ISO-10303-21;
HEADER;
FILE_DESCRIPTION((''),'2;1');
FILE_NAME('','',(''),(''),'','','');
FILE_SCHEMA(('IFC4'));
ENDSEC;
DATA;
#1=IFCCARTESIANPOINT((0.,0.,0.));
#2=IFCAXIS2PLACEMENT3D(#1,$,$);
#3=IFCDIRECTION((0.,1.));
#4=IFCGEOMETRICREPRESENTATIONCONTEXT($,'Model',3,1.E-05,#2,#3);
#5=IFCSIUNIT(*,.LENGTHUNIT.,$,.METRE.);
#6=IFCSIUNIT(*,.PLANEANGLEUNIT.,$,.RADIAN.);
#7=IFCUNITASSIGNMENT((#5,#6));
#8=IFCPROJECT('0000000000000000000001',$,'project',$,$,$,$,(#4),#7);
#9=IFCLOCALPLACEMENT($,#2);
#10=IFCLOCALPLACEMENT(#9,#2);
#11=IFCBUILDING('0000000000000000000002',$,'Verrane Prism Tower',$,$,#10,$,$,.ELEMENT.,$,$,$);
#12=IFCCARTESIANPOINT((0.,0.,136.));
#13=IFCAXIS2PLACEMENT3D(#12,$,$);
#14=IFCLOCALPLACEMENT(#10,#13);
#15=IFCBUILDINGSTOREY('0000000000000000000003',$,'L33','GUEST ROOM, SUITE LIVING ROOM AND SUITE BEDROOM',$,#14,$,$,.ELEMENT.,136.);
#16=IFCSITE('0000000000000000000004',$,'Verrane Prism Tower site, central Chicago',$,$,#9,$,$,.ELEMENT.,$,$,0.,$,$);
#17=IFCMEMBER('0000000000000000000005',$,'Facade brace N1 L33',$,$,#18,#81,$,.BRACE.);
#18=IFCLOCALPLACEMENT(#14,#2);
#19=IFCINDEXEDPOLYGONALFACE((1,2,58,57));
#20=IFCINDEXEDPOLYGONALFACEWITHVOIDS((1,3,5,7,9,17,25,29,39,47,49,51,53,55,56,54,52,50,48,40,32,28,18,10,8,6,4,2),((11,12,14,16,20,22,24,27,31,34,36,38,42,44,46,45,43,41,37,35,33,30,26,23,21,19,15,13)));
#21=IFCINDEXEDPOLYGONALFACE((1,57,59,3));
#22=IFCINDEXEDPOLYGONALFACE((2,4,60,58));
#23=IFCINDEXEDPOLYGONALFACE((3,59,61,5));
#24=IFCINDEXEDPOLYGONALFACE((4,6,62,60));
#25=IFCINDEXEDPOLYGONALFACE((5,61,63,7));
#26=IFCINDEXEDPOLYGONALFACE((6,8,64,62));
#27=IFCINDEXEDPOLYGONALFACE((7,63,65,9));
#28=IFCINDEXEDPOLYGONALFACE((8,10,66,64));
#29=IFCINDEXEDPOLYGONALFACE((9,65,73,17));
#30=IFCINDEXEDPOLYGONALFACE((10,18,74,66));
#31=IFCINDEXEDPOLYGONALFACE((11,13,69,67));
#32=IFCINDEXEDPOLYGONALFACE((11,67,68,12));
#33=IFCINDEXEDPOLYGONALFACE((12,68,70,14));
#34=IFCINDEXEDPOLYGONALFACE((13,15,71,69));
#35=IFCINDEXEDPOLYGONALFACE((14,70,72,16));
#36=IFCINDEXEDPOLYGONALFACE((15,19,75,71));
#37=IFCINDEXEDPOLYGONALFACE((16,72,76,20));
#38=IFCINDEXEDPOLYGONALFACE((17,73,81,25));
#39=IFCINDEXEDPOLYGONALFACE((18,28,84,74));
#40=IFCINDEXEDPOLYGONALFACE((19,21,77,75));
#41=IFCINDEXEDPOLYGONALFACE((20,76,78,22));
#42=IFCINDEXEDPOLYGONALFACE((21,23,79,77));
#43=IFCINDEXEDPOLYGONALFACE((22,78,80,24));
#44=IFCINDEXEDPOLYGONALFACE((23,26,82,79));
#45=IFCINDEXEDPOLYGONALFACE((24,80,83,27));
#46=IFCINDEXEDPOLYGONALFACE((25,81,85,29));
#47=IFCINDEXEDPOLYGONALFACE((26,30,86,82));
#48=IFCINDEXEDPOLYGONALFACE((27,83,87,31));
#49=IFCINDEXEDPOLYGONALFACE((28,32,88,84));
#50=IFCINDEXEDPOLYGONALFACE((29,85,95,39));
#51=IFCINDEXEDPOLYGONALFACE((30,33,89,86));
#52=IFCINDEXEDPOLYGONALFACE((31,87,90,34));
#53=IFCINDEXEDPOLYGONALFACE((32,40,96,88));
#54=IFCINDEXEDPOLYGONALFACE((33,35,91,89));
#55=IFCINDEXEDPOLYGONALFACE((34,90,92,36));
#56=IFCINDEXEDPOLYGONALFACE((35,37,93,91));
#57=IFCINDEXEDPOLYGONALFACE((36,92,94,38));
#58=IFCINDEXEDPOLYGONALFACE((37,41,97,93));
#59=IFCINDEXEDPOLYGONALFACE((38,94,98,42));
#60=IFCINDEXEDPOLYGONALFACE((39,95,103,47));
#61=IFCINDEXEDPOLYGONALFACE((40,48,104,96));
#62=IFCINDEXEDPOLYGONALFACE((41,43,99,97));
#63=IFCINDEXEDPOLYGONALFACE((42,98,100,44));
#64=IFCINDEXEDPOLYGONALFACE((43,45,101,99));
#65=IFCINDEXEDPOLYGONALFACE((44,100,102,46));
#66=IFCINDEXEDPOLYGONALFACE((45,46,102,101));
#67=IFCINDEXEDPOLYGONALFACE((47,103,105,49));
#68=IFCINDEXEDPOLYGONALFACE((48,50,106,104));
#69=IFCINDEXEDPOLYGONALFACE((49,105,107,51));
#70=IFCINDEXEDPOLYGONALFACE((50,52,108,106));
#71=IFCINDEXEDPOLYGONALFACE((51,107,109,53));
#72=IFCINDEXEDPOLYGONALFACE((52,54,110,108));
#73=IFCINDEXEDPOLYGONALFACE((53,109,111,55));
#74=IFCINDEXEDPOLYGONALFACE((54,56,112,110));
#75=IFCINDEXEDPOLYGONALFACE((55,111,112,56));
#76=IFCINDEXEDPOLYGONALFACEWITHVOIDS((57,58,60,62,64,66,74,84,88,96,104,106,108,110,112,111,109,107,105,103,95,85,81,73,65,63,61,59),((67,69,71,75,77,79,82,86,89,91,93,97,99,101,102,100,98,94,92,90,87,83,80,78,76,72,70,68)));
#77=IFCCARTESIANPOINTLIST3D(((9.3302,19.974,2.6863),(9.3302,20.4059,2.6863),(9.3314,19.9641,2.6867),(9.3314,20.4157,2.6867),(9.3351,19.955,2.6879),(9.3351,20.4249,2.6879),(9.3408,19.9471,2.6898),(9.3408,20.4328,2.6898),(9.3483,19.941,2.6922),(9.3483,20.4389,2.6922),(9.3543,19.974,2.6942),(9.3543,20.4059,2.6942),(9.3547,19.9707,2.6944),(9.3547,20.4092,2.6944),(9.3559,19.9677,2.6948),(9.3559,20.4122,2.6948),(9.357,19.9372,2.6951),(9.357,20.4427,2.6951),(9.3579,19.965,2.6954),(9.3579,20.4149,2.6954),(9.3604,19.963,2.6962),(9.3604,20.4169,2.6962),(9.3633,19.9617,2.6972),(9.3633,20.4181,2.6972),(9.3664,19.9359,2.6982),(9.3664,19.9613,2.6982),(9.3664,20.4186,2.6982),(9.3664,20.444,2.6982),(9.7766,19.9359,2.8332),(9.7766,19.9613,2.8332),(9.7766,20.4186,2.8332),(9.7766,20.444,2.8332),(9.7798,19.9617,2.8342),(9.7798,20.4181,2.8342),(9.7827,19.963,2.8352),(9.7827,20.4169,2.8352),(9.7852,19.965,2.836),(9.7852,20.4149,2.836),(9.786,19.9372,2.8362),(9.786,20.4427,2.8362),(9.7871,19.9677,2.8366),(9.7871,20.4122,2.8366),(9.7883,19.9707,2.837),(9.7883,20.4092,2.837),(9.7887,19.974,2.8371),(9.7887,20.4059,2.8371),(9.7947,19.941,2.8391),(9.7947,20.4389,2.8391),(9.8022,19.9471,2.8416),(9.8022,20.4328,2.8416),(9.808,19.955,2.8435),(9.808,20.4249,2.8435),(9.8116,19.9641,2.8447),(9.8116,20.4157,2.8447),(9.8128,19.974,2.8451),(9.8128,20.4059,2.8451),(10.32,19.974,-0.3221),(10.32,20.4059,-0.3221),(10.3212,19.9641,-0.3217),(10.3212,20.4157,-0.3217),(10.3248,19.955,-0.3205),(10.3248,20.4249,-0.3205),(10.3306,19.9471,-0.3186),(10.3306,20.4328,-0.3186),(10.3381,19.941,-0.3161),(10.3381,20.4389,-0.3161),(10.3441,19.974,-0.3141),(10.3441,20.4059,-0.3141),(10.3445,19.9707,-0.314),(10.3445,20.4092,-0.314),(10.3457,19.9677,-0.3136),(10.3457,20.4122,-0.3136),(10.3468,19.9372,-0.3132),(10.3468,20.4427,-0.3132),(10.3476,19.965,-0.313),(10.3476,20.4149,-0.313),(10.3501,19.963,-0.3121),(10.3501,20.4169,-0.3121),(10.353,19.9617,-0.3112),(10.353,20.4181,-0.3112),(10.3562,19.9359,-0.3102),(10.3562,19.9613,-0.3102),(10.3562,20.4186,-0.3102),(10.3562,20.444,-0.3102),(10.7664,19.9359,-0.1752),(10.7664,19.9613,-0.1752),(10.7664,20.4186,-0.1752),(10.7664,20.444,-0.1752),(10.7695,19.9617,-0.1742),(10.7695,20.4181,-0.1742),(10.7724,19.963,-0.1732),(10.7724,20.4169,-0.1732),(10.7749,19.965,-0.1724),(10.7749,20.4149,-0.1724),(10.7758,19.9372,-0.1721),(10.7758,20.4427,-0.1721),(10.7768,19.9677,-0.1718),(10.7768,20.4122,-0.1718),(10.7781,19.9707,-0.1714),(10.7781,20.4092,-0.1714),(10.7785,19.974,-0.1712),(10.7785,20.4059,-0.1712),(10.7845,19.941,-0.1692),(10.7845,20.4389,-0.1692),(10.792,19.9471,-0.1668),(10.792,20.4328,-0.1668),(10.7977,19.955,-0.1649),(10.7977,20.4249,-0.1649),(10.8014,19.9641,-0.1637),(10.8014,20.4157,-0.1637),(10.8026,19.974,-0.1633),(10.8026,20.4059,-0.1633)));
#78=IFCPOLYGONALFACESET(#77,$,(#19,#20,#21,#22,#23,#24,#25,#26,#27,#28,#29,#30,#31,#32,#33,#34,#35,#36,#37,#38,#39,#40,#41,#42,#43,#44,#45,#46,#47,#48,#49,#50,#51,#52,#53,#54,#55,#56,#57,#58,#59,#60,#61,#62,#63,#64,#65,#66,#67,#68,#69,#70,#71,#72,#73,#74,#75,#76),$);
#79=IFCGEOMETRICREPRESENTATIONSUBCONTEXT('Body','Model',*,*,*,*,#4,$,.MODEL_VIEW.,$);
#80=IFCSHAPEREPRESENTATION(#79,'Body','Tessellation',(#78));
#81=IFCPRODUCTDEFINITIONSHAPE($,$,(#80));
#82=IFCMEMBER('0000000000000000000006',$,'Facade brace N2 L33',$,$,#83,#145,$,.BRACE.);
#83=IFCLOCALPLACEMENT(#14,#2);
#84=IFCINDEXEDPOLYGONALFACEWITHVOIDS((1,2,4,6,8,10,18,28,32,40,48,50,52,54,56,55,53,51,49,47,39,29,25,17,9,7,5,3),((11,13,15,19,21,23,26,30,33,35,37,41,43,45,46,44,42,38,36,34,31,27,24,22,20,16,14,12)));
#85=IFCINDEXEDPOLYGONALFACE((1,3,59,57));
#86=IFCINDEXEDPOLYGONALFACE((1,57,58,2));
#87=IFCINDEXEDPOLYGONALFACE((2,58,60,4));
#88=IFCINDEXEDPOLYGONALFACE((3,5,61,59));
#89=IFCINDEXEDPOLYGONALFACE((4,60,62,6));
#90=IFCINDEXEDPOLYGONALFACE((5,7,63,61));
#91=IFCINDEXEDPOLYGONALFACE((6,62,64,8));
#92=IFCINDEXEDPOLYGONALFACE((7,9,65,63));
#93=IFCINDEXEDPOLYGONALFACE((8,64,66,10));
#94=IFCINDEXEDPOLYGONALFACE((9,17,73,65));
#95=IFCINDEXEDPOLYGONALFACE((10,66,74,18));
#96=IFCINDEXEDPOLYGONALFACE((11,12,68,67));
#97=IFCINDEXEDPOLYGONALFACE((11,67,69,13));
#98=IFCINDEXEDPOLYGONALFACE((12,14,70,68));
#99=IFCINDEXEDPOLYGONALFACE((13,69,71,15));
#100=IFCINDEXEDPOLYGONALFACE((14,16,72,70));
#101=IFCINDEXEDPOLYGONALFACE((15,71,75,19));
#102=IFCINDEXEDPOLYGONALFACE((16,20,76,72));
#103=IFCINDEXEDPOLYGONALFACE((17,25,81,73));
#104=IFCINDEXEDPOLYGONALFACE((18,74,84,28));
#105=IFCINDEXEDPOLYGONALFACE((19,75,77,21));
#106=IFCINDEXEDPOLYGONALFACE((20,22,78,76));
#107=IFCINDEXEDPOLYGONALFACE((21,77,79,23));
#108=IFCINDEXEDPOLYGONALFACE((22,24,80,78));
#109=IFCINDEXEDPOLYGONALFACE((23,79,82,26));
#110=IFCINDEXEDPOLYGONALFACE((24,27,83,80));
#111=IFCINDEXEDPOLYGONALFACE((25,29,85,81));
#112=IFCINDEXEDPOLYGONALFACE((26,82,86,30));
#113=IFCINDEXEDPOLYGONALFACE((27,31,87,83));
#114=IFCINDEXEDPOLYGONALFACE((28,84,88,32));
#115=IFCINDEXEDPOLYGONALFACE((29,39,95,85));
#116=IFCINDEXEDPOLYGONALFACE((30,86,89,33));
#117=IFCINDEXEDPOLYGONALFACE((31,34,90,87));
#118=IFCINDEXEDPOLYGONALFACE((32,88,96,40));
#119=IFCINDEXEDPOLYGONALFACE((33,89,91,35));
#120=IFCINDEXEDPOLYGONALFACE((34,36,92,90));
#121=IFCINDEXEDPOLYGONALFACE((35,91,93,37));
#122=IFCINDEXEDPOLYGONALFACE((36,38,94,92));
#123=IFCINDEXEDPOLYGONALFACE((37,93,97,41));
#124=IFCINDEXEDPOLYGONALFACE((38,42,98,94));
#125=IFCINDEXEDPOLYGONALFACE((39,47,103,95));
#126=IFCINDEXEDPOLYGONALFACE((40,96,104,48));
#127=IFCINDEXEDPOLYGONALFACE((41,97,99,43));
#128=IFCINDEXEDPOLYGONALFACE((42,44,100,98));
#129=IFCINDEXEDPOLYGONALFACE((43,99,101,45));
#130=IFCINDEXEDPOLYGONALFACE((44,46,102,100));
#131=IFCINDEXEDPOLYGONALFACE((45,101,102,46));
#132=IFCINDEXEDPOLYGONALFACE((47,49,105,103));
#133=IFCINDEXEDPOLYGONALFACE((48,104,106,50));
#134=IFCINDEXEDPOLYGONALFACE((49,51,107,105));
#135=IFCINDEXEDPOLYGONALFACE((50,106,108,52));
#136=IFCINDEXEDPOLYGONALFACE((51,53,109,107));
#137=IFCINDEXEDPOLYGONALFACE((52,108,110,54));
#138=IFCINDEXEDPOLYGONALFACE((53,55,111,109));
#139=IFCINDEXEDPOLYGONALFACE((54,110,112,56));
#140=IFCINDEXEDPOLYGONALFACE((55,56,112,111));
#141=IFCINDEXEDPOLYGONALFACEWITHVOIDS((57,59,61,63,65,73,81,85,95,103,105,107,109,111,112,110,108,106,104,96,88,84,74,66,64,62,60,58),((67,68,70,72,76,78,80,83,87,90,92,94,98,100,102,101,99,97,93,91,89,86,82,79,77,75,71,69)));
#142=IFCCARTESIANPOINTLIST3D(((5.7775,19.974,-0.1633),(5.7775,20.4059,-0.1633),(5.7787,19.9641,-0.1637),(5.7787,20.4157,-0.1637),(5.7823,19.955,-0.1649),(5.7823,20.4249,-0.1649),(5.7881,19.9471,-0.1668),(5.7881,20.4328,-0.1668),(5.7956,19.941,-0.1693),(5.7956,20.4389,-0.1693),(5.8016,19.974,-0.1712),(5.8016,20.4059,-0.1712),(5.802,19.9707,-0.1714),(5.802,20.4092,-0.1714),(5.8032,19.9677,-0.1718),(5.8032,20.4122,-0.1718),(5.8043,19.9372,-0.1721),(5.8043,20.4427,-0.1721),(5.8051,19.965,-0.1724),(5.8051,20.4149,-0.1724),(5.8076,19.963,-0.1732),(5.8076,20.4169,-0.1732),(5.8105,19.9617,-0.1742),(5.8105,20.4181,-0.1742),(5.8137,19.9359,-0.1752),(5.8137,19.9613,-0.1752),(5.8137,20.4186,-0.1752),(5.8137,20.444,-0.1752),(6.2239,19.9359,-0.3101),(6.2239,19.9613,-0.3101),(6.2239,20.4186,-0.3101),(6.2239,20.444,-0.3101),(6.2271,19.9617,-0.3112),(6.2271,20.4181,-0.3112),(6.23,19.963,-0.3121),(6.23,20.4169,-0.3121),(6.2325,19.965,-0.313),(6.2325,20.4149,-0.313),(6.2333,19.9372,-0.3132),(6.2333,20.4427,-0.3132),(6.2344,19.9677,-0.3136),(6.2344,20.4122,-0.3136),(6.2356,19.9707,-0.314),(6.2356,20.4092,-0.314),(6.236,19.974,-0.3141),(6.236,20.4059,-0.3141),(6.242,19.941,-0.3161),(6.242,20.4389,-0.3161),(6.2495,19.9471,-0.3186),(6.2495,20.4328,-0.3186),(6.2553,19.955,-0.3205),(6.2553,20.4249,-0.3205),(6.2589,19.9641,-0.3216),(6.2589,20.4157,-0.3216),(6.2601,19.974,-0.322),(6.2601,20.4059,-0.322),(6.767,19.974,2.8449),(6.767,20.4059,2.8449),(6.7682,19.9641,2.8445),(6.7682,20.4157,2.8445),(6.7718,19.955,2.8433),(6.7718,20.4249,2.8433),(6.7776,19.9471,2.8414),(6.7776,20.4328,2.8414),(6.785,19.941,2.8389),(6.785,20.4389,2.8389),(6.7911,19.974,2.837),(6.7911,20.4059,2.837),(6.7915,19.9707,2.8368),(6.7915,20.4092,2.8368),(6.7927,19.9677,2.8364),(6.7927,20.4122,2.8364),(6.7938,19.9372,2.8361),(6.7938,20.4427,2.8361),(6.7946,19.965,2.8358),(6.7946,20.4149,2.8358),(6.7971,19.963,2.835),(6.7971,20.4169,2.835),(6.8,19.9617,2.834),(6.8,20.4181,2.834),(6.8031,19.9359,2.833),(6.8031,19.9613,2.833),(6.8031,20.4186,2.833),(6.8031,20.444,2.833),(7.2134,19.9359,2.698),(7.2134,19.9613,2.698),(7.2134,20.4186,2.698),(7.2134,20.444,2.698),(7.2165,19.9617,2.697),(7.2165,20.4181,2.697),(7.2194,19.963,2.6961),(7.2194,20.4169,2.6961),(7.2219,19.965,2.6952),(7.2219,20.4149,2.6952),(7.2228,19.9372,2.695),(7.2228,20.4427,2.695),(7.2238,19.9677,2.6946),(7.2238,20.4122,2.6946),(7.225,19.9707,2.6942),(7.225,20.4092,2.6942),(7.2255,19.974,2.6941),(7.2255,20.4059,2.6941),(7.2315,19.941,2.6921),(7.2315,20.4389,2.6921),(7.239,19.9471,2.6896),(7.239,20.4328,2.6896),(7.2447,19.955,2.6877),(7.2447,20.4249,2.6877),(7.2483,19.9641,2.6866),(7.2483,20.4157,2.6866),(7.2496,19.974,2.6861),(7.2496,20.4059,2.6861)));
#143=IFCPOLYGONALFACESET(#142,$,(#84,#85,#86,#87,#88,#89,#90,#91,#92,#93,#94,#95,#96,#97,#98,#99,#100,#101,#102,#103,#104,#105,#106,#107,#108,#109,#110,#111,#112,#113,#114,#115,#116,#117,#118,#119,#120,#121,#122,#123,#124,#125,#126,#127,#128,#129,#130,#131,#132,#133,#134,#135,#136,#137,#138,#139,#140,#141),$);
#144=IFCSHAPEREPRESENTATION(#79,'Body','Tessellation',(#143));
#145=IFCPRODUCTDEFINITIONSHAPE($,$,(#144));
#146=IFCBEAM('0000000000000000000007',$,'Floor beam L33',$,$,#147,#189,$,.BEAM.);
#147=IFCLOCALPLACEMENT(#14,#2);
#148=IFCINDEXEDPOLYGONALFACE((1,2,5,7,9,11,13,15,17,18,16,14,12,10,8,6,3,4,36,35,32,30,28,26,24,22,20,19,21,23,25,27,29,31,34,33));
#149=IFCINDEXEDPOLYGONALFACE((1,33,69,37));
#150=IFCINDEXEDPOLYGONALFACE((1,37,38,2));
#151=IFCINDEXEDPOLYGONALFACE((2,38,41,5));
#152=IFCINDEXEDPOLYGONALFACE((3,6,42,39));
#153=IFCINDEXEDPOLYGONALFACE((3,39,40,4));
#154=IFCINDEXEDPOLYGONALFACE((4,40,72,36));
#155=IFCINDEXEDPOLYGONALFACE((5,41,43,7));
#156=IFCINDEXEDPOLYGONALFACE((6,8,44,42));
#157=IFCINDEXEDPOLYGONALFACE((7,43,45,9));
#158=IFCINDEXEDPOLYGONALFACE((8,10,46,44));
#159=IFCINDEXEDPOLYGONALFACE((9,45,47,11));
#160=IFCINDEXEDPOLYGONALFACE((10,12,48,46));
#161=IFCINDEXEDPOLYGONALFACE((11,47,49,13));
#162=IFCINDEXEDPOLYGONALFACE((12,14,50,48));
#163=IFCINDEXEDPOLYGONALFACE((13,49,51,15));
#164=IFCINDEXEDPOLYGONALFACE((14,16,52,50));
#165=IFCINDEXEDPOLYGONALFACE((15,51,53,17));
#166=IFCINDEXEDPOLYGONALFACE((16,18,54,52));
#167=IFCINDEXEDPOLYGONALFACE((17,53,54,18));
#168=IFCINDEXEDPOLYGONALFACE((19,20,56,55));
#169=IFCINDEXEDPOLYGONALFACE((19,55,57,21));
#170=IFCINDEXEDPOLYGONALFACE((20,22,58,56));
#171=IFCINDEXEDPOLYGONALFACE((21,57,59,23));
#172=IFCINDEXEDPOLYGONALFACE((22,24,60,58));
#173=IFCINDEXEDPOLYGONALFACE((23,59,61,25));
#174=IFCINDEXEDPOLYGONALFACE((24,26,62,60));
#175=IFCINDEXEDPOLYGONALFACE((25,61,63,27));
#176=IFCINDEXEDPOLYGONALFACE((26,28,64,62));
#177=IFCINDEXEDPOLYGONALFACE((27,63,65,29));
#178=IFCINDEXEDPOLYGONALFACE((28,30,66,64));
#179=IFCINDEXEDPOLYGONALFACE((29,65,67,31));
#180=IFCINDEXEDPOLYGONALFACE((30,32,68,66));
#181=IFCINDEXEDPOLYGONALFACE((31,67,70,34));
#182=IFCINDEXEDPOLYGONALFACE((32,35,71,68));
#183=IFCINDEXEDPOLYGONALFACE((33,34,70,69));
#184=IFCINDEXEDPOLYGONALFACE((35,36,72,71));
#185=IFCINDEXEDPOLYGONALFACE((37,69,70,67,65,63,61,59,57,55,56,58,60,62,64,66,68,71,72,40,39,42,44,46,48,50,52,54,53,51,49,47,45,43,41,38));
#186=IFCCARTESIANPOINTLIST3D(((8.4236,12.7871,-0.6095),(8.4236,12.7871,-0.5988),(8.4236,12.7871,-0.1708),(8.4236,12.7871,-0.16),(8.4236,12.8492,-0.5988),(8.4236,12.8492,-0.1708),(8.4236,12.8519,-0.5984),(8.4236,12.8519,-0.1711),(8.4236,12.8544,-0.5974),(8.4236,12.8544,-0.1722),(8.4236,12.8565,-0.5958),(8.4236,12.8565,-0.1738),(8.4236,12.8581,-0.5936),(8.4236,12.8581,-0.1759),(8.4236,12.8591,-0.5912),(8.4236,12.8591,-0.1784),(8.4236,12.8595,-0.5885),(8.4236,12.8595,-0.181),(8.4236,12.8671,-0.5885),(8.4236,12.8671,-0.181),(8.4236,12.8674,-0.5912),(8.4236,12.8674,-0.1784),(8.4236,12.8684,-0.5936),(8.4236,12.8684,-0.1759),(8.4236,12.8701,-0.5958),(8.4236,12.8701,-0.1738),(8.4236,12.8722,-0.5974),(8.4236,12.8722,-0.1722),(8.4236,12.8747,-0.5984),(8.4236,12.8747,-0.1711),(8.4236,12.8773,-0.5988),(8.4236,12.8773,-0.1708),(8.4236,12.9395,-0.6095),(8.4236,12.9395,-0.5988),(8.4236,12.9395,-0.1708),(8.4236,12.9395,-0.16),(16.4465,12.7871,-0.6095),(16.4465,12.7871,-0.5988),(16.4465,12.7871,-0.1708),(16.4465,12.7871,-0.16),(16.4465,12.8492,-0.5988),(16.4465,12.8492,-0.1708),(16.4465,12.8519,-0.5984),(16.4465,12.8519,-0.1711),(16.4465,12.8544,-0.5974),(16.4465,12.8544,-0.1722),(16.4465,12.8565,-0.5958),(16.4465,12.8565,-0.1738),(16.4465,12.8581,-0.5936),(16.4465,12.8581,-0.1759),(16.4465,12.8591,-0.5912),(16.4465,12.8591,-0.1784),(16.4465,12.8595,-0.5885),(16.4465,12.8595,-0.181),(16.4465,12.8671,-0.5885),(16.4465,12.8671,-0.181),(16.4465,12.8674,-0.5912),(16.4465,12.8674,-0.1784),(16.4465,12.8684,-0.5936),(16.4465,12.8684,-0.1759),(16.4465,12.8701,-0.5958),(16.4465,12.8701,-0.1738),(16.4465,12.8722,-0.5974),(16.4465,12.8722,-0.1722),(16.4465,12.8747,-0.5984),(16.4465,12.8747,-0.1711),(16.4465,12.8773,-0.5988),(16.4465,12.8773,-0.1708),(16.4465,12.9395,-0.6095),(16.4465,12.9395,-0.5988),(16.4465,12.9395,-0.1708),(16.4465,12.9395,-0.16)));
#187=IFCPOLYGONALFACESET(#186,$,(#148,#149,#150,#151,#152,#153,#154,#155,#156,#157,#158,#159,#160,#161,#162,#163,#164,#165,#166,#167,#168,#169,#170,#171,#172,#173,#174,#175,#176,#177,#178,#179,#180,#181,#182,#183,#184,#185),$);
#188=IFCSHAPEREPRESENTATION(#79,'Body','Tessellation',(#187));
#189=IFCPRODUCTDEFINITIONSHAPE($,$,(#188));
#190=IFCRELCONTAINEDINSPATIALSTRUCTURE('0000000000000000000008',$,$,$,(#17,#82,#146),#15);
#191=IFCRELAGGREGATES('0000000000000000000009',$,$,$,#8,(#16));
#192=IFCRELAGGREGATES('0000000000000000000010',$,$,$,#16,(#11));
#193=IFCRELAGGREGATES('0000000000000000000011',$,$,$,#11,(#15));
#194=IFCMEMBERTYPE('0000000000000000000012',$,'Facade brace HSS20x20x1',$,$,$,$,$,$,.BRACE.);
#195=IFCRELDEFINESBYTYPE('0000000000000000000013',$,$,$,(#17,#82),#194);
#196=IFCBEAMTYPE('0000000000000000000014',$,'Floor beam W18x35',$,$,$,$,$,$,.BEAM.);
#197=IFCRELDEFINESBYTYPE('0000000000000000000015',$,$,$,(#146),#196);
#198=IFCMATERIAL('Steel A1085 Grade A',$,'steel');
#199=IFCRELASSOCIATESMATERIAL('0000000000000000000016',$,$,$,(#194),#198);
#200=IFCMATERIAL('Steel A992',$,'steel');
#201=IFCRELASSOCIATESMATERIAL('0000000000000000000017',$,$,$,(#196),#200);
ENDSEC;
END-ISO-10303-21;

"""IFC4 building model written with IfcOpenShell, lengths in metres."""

from ifc_helpers import new_model, si_unit, direction, frame, origin, origin_2d, place, context, subcontext, project, spatial, hollow_rectangle, i_section, extrude, material, material_profile, profile_set, type_object, element, save


model = new_model("IFC4")

# Units and contexts
model_context = context("Model", 3, precision=1e-05, world=origin(), true_north=direction((0.0, 1.0)))
body_context = subcontext(model_context, "Body", "Model", "MODEL_VIEW")
ifc_project = project(units=[si_unit("LENGTHUNIT", "METRE"), si_unit("PLANEANGLEUNIT", "RADIAN")], contexts=[model_context])

# Site, building, storey
site_placement = place(None, origin())
site = spatial("IfcSite", under=ifc_project, at=site_placement, Name="Verrane Prism Tower site, central Chicago", CompositionType="ELEMENT", RefElevation=0.0)
building_placement = place(site_placement, origin())
building = spatial("IfcBuilding", under=site, at=building_placement, Name="Verrane Prism Tower", CompositionType="ELEMENT")
storey_placement = place(building_placement, frame((0.0, 0.0, 136.0)))
storey = spatial("IfcBuildingStorey", under=building, at=storey_placement, Name="L33", Description="GUEST ROOM, SUITE LIVING ROOM AND SUITE BEDROOM", CompositionType="ELEMENT", Elevation=136.0)

# Members
ifc_material_1 = material(Name="Steel A1085 Grade A", Category="steel")
ifc_material_profile_1 = material_profile(ifc_material_1, hollow_rectangle(XDim=0.5081, YDim=0.5081, WallThickness=0.0254, InnerFilletRadius=0.0127, OuterFilletRadius=0.0381, at=origin_2d()), Name="HSS20x20x1")
ifc_profile_set_1 = profile_set([ifc_material_profile_1], Name="Steel A1085 Grade A")
member_type_1 = type_object("IfcMemberType", Name="Facade brace HSS20x20x1", PredefinedType="BRACE", material=ifc_profile_set_1)
member_1_placement = place(storey_placement, frame((10.5613, 20.1899, -0.2427), z_axis=(-0.312525, 0.0, 0.94991), x_axis=(0.0, -1.0, 0.0)))
element("IfcMember", 1, at=member_1_placement, inside=storey, type_object=member_type_1, Name="Facade brace N1 L33", PredefinedType="BRACE", context=body_context, shape_type="SweptSolid", body=[
    extrude(hollow_rectangle(XDim=0.5081, YDim=0.5081, WallThickness=0.0254, InnerFilletRadius=0.0127, OuterFilletRadius=0.0381, at=origin_2d()), origin(), (0.0, 0.0, 1.0), 3.167),
])
member_2_placement = place(storey_placement, frame((6.0188, 20.1899, -0.2427), z_axis=(0.312455, 0.0, 0.949932), x_axis=(0.0, 1.0, 0.0)))
element("IfcMember", 2, at=member_2_placement, inside=storey, type_object=member_type_1, Name="Facade brace N2 L33", PredefinedType="BRACE", context=body_context, shape_type="SweptSolid", body=[
    extrude(hollow_rectangle(XDim=0.5081, YDim=0.5081, WallThickness=0.0254, InnerFilletRadius=0.0127, OuterFilletRadius=0.0381, at=origin_2d()), origin(), (0.0, 0.0, 1.0), 3.1667),
])

# Beam
ifc_material_2 = material(Name="Steel A992", Category="steel")
ifc_material_profile_2 = material_profile(ifc_material_2, i_section(OverallWidth=0.1523, OverallDepth=0.4495, WebThickness=0.0076, FlangeThickness=0.0107, FilletRadius=0.0103, at=origin_2d()), Name="W18x35")
ifc_profile_set_2 = profile_set([ifc_material_profile_2], Name="Steel A992")
beam_type_1 = type_object("IfcBeamType", Name="Floor beam W18x35", PredefinedType="BEAM", material=ifc_profile_set_2)
for number, where, z_axis, x_axis, name in (
    (3, (8.4236, 12.8633, -0.3848), (1.0, 0.0, 0.0), (0.0, 1.0, 0.0), "Floor beam L33"),
):
    element("IfcBeam", number, at=place(storey_placement, frame(where, z_axis=z_axis, x_axis=x_axis)), inside=storey, type_object=beam_type_1, Name=name, PredefinedType="BEAM", context=body_context, shape_type="SweptSolid", body=[
        extrude(i_section(OverallWidth=0.1523, OverallDepth=0.4495, WebThickness=0.0076, FlangeThickness=0.0107, FilletRadius=0.0103, at=origin_2d()), origin(), (0.0, 0.0, 1.0), 8.0229),
    ])

save(model, "model.ifc")
